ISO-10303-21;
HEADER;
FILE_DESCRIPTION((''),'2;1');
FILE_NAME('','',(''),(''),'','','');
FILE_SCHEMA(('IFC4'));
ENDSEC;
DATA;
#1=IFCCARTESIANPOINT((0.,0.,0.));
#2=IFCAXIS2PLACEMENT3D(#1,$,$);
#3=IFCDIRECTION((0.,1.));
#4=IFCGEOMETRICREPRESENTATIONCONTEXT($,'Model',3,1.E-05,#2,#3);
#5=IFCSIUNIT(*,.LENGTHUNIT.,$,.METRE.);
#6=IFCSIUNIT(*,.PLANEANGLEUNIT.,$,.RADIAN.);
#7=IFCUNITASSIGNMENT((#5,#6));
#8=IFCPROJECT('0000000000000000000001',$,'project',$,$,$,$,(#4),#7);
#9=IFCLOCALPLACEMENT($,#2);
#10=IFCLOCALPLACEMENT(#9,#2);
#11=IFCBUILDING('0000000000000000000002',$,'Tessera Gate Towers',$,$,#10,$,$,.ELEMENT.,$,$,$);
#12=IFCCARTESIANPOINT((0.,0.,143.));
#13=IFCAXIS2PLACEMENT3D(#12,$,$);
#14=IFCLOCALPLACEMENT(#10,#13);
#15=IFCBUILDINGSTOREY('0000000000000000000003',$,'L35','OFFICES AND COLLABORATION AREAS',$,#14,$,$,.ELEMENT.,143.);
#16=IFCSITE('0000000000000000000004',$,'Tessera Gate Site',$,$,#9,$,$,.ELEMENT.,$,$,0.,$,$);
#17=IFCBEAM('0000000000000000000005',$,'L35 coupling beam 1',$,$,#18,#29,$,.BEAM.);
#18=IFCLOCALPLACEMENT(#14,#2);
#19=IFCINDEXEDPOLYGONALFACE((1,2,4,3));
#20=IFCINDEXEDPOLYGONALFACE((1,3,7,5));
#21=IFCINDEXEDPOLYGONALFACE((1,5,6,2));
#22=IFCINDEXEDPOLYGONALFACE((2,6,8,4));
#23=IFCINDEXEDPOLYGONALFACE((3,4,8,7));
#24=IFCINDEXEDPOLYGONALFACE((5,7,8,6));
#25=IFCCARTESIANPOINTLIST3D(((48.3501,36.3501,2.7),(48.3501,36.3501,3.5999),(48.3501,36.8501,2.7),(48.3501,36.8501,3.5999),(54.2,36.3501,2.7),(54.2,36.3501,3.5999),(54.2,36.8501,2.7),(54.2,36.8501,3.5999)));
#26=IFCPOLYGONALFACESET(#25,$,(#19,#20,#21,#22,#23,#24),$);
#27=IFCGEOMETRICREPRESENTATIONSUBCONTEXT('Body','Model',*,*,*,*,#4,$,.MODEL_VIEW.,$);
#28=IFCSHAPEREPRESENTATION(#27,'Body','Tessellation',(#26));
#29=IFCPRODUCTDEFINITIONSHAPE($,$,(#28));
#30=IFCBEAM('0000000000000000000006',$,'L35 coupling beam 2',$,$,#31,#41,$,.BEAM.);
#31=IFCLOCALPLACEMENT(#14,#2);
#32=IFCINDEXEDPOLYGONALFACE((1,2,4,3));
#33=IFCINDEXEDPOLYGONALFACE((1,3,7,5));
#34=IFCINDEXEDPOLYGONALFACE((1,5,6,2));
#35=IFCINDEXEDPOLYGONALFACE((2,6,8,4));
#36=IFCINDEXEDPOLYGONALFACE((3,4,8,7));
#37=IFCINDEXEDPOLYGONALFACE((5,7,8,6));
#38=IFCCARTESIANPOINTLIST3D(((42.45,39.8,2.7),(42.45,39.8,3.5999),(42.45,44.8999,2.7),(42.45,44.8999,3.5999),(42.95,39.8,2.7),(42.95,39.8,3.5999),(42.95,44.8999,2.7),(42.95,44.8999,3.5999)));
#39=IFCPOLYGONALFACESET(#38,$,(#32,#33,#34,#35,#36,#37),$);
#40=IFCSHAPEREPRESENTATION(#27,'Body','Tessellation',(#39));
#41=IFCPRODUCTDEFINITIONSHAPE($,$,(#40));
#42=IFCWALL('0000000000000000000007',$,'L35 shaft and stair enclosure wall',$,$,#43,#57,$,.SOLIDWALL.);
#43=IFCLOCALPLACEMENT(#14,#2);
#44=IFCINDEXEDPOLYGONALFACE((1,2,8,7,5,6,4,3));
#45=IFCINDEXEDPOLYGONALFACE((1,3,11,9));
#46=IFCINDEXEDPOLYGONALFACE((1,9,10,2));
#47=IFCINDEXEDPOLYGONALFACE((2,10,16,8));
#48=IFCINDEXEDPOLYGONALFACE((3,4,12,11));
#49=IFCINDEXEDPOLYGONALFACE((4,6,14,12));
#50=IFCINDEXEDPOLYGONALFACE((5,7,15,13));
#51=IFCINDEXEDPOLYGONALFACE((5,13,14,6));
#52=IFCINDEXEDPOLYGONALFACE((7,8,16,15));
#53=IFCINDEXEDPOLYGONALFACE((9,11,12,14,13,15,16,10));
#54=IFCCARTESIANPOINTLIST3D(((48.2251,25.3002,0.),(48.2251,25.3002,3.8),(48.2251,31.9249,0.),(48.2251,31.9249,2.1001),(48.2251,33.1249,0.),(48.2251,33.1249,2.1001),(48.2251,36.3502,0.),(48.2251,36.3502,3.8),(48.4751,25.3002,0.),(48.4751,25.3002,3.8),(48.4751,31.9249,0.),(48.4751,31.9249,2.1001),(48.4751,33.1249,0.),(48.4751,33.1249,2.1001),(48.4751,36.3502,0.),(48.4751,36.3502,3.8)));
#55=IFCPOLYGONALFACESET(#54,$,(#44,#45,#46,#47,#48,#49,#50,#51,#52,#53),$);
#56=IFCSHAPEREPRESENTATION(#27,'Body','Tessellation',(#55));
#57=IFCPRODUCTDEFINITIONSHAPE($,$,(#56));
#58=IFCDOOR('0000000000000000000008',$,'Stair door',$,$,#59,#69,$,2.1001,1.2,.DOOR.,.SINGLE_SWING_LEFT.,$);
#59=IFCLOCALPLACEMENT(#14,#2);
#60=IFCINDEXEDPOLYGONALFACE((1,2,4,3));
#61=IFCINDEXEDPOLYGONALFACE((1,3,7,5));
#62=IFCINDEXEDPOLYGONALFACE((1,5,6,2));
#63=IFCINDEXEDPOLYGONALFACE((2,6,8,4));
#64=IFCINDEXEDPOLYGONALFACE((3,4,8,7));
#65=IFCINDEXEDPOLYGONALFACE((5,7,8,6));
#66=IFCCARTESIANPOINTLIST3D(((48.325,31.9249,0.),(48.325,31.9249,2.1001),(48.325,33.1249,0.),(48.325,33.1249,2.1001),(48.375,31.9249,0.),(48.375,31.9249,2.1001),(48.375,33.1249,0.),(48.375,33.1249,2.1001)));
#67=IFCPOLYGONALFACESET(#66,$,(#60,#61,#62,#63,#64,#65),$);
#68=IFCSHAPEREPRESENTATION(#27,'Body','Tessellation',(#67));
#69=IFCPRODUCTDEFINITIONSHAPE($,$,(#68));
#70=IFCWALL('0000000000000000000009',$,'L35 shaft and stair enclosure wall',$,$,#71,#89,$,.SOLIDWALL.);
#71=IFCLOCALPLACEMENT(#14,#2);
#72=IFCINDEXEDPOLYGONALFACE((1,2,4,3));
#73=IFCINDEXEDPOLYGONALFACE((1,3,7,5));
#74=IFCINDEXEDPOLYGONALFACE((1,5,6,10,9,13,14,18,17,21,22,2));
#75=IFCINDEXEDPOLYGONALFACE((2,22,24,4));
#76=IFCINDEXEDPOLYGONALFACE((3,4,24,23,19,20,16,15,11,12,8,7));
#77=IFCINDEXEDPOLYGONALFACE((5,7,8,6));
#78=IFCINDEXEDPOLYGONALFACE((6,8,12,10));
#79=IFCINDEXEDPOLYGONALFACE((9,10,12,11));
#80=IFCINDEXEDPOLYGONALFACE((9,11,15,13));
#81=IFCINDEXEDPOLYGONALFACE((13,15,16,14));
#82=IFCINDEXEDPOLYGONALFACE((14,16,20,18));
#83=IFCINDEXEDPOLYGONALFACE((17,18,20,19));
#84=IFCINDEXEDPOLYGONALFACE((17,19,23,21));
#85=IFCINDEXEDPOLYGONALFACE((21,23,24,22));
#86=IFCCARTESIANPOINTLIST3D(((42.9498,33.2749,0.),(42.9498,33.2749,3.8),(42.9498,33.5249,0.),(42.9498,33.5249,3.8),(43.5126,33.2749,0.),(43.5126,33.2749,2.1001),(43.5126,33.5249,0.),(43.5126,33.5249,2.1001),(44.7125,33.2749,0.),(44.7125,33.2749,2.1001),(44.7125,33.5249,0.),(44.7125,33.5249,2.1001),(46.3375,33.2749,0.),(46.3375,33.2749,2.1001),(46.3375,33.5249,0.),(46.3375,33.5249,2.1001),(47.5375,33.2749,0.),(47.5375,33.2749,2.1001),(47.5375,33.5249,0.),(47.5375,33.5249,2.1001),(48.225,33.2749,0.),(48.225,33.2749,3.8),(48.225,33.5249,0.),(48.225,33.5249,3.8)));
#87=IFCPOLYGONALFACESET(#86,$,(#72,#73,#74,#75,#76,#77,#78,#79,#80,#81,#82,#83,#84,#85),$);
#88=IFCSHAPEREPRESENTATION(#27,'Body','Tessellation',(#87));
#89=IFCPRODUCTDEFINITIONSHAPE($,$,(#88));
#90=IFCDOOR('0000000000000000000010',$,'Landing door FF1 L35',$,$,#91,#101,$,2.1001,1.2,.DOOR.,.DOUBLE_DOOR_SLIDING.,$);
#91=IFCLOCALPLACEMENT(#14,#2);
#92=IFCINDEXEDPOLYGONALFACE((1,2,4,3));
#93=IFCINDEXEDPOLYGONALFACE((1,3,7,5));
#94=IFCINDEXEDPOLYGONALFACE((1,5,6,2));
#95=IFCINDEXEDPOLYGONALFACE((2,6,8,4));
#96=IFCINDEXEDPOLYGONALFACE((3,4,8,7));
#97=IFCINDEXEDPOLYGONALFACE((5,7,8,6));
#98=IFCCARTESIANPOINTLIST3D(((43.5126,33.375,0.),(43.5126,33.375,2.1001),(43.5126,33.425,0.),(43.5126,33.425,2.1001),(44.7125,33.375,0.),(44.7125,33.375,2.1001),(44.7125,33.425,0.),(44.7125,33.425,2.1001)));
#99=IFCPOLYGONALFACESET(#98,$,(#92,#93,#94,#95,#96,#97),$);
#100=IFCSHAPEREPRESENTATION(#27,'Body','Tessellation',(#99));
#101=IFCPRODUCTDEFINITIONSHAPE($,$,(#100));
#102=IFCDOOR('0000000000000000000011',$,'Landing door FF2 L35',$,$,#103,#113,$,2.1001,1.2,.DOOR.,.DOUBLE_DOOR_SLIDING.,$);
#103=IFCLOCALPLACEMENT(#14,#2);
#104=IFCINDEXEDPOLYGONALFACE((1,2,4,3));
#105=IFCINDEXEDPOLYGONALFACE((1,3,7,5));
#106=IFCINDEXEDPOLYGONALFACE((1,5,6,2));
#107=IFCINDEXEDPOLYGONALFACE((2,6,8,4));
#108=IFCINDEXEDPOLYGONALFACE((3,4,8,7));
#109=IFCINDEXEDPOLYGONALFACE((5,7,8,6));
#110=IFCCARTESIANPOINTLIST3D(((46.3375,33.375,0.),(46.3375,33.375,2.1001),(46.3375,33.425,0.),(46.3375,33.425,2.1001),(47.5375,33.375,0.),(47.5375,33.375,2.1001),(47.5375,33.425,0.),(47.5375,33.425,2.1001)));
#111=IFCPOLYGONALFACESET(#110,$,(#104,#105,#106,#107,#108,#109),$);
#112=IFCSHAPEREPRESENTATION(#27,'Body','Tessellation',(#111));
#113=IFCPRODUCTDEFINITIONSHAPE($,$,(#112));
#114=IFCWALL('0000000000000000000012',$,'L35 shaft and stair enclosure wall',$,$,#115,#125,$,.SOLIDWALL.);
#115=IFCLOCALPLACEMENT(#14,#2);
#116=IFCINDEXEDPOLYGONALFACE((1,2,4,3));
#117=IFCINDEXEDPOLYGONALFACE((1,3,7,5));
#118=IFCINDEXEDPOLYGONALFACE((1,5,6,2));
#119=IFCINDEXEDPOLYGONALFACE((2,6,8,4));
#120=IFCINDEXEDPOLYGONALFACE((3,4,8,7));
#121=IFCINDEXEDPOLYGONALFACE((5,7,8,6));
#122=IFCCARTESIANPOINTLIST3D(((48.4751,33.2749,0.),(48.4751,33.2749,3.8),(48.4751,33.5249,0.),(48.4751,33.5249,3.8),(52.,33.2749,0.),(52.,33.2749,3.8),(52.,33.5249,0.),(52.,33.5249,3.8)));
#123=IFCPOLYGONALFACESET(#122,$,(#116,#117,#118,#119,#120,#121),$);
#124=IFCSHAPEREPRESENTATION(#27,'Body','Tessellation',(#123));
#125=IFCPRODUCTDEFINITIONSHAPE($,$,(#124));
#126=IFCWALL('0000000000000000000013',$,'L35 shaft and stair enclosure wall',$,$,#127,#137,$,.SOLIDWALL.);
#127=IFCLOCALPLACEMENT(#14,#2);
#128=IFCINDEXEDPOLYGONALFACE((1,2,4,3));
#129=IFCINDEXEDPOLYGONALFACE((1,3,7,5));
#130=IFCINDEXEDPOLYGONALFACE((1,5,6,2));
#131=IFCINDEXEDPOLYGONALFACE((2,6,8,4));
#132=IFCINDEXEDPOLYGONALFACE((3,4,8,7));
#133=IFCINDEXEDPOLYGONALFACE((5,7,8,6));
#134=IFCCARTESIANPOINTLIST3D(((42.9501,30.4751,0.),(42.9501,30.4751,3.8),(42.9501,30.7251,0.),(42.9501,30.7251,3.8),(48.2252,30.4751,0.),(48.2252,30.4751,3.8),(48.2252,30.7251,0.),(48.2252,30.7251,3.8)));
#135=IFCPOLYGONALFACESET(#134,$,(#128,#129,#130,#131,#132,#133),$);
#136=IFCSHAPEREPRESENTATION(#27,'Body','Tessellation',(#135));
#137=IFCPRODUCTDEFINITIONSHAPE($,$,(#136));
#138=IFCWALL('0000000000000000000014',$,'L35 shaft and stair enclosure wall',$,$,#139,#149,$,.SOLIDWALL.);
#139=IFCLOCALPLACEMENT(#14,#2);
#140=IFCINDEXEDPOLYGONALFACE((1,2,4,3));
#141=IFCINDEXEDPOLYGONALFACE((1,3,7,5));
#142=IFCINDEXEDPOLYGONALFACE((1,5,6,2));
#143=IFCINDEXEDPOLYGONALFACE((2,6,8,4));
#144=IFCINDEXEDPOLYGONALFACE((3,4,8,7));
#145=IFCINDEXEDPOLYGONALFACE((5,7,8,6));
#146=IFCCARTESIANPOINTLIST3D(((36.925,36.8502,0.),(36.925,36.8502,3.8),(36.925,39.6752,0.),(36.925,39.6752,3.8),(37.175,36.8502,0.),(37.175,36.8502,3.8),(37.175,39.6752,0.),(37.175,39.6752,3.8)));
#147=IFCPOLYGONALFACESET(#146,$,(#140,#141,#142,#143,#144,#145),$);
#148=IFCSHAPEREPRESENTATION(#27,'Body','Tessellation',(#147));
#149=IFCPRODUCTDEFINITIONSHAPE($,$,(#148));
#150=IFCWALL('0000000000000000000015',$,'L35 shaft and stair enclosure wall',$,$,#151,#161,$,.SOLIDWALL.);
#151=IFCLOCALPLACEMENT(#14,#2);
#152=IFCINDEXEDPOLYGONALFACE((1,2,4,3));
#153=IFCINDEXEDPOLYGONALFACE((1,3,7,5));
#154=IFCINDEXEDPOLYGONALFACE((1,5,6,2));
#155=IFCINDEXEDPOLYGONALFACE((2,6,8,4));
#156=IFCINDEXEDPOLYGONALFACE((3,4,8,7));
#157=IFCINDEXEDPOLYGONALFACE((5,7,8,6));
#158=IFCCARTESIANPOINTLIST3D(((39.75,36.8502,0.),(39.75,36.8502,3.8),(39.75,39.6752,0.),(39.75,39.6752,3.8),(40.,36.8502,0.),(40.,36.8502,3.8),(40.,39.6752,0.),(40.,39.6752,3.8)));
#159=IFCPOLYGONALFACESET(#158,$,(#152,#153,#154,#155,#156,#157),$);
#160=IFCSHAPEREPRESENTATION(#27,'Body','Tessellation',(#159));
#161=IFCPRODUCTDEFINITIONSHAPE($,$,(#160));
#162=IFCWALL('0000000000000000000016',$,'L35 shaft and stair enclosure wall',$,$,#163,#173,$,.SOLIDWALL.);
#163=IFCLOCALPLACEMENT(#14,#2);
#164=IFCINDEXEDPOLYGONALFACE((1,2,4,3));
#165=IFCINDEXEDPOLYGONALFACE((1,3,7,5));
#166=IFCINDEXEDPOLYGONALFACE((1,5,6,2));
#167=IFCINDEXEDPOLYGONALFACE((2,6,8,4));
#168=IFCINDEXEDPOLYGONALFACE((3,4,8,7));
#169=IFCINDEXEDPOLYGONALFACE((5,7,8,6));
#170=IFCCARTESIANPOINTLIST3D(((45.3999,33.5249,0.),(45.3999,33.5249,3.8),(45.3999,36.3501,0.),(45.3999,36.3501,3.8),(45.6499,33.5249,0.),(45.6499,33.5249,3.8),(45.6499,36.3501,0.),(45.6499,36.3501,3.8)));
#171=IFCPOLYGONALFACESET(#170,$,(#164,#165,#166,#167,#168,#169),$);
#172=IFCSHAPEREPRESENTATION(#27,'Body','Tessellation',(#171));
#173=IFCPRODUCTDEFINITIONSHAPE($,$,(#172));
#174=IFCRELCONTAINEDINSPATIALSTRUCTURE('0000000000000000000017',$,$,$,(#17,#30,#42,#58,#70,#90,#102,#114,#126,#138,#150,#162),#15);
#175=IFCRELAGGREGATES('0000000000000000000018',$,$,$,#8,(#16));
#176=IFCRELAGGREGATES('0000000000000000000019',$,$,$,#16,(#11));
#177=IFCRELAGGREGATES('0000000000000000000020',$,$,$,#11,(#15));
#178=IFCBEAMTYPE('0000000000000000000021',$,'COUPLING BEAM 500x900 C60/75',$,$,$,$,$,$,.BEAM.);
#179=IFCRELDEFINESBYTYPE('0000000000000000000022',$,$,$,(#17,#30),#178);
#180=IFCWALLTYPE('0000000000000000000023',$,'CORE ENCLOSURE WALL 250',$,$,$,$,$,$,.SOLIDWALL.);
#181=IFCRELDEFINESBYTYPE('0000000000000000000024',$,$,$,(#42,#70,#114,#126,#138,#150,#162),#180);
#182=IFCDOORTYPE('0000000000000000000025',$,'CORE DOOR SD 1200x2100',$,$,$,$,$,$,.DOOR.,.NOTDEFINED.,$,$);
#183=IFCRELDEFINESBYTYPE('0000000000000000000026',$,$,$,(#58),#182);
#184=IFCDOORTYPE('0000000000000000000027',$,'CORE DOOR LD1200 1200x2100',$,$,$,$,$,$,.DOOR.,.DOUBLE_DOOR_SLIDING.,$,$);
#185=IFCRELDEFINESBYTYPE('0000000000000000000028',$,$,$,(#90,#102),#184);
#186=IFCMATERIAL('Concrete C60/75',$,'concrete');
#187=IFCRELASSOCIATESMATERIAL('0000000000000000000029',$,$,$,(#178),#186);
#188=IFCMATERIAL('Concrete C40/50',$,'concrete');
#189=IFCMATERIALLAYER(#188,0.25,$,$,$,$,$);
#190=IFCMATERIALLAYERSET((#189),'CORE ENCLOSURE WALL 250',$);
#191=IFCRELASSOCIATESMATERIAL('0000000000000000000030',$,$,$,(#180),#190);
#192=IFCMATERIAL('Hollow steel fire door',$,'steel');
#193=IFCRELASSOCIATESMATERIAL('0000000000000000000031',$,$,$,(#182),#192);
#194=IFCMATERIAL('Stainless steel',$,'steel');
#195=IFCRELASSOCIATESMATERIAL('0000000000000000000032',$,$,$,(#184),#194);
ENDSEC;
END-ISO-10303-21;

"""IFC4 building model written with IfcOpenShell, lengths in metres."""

from ifc_helpers import new_model, si_unit, direction, frame, frame_2d, origin, origin_2d, place, context, subcontext, project, spatial, rectangle, extrude, source, transform, mapped, material, layer, layer_set, material_profile, profile_set, type_object, element, fill, save


model = new_model("IFC4")

# Units and contexts
model_context = context("Model", 3, precision=1e-05, world=origin(), true_north=direction((0.0, 1.0)))
body_context = subcontext(model_context, "Body", "Model", "MODEL_VIEW")
ifc_project = project(units=[si_unit("LENGTHUNIT", "METRE"), si_unit("PLANEANGLEUNIT", "RADIAN")], contexts=[model_context])

# Site, building, storey
site_placement = place(None, origin())
site = spatial("IfcSite", under=ifc_project, at=site_placement, Name="Tessera Gate Site", CompositionType="ELEMENT", RefElevation=0.0)
building_placement = place(site_placement, origin())
building = spatial("IfcBuilding", under=site, at=building_placement, Name="Tessera Gate Towers", CompositionType="ELEMENT")
storey_placement = place(building_placement, frame((0.0, 0.0, 143.0)))
storey = spatial("IfcBuildingStorey", under=building, at=storey_placement, Name="L35", Description="OFFICES AND COLLABORATION AREAS", CompositionType="ELEMENT", Elevation=143.0)

# Beams
ifc_material_1 = material(Name="Concrete C60/75", Category="concrete")
ifc_material_profile = material_profile(ifc_material_1, rectangle(XDim=0.5, YDim=0.8999, at=origin_2d()), Name="RC 500x900")
ifc_profile_set = profile_set([ifc_material_profile], Name="Concrete C60/75")
beam_type = type_object("IfcBeamType", Name="COUPLING BEAM 500x900 C60/75", PredefinedType="BEAM", material=ifc_profile_set)
beam_1_placement = place(storey_placement, frame((48.3501, 36.6001, 3.1499), z_axis=(1.0, 0.0, 0.0), x_axis=(0.0, 1.0, 0.0)))
element("IfcBeam", 1, at=beam_1_placement, inside=storey, type_object=beam_type, Name="L35 coupling beam 1", PredefinedType="BEAM", context=body_context, shape_type="SweptSolid", body=[
    extrude(rectangle(XDim=0.5, YDim=0.8999, at=origin_2d()), origin(), (0.0, 0.0, 1.0), 5.8499),
])
beam_2_placement = place(storey_placement, frame((42.7, 39.8, 3.1499), z_axis=(0.0, 1.0, 0.0), x_axis=(-1.0, 0.0, 0.0)))
element("IfcBeam", 2, at=beam_2_placement, inside=storey, type_object=beam_type, Name="L35 coupling beam 2", PredefinedType="BEAM", context=body_context, shape_type="SweptSolid", body=[
    extrude(rectangle(XDim=0.5, YDim=0.8999, at=origin_2d()), origin(), (0.0, 0.0, 1.0), 5.0999),
])

# Wall, opening, door
ifc_material_2 = material(Name="Concrete C40/50", Category="concrete")
ifc_layer_1 = layer(ifc_material_2, 0.25)
ifc_layer_set_1 = layer_set([ifc_layer_1], Name="CORE ENCLOSURE WALL 250")
wall_type_1 = type_object("IfcWallType", Name="CORE ENCLOSURE WALL 250", PredefinedType="SOLIDWALL", material=ifc_layer_set_1)
wall_1_placement = place(storey_placement, frame((48.3501, 36.3501, 0.0), z_axis=(0.0, 0.0, 1.0), x_axis=(0.0, -1.0, 0.0)))
wall_1 = element("IfcWall", 3, at=wall_1_placement, inside=storey, type_object=wall_type_1, Name="L35 shaft and stair enclosure wall", PredefinedType="SOLIDWALL", context=body_context, shape_type="SweptSolid", body=[
    extrude(rectangle(XDim=11.05, YDim=0.25, at=frame_2d((5.5249, 0.0))), origin(), (0.0, 0.0, 1.0), 3.8),
])
shared_shape_1 = source(origin(), body_context, "Body", "SweptSolid", [
    extrude(rectangle(XDim=1.2, YDim=2.1001, at=frame_2d((0.6001, 1.05))), frame((0.0, 0.135, 0.0), z_axis=(0.0, -1.0, 0.0), x_axis=(1.0, 0.0, 0.0)), (0.0, 0.0, 1.0), 0.27),
])
opening_1_placement = place(wall_1_placement, frame((3.2251, 0.0, 0.0)))
opening_1 = element("IfcOpeningElement", 4, at=opening_1_placement, cuts=wall_1, PredefinedType="OPENING", context=body_context, shape_type="MappedRepresentation", body=[
    mapped(shared_shape_1, transform((0.0, 0.0, 0.0), scale=1.0)),
])
ifc_material_3 = material(Name="Hollow steel fire door", Category="steel")
door_type_1 = type_object("IfcDoorType", Name="CORE DOOR SD 1200x2100", OperationType="NOTDEFINED", PredefinedType="DOOR", material=ifc_material_3)
shared_shape_2 = source(origin(), body_context, "Body", "SweptSolid", [
    extrude(rectangle(XDim=1.2, YDim=2.1001, at=frame_2d((0.6001, 1.05))), frame((0.0, 0.0249, 0.0), z_axis=(0.0, -1.0, 0.0), x_axis=(1.0, 0.0, 0.0)), (0.0, 0.0, 1.0), 0.05),
])
door_1_placement = place(opening_1_placement, origin())
door_1 = element("IfcDoor", 5, at=door_1_placement, inside=storey, type_object=door_type_1, Name="Stair door", OperationType="SINGLE_SWING_LEFT", OverallHeight=2.1001, OverallWidth=1.2, PredefinedType="DOOR", context=body_context, shape_type="MappedRepresentation", body=[
    mapped(shared_shape_2, transform((0.0, 0.0, 0.0), scale=1.0)),
])
fill(opening_1, door_1)

# Wall, openings, doors
wall_2_placement = place(storey_placement, frame((48.2251, 33.3999, 0.0), z_axis=(0.0, 0.0, 1.0), x_axis=(-1.0, 0.0, 0.0)))
wall_2 = element("IfcWall", 6, at=wall_2_placement, inside=storey, type_object=wall_type_1, Name="L35 shaft and stair enclosure wall", PredefinedType="SOLIDWALL", context=body_context, shape_type="SweptSolid", body=[
    extrude(rectangle(XDim=5.2751, YDim=0.25, at=frame_2d((2.6377, 0.0))), origin(), (0.0, 0.0, 1.0), 3.8),
])
opening_2_placement = place(wall_2_placement, frame((3.5125, 0.0, 0.0)))
opening_2 = element("IfcOpeningElement", 7, at=opening_2_placement, cuts=wall_2, PredefinedType="OPENING", context=body_context, shape_type="MappedRepresentation", body=[
    mapped(shared_shape_1, transform((0.0, 0.0, 0.0), scale=1.0)),
])
opening_3_placement = place(wall_2_placement, frame((0.6875, 0.0, 0.0)))
opening_3 = element("IfcOpeningElement", 8, at=opening_3_placement, cuts=wall_2, PredefinedType="OPENING", context=body_context, shape_type="MappedRepresentation", body=[
    mapped(shared_shape_1, transform((0.0, 0.0, 0.0), scale=1.0)),
])
ifc_material_4 = material(Name="Stainless steel", Category="steel")
door_type_2 = type_object("IfcDoorType", Name="CORE DOOR LD1200 1200x2100", OperationType="DOUBLE_DOOR_SLIDING", PredefinedType="DOOR", material=ifc_material_4)
door_2_placement = place(opening_2_placement, origin())
door_2 = element("IfcDoor", 9, at=door_2_placement, inside=storey, type_object=door_type_2, Name="Landing door FF1 L35", OperationType="DOUBLE_DOOR_SLIDING", OverallHeight=2.1001, OverallWidth=1.2, PredefinedType="DOOR", context=body_context, shape_type="MappedRepresentation", body=[
    mapped(shared_shape_2, transform((0.0, 0.0, 0.0), scale=1.0)),
])
fill(opening_2, door_2)
door_3_placement = place(opening_3_placement, origin())
door_3 = element("IfcDoor", 10, at=door_3_placement, inside=storey, type_object=door_type_2, Name="Landing door FF2 L35", OperationType="DOUBLE_DOOR_SLIDING", OverallHeight=2.1001, OverallWidth=1.2, PredefinedType="DOOR", context=body_context, shape_type="MappedRepresentation", body=[
    mapped(shared_shape_2, transform((0.0, 0.0, 0.0), scale=1.0)),
])
fill(opening_3, door_3)

# Walls
wall_3_placement = place(storey_placement, frame((48.4751, 33.3999, 0.0), z_axis=(0.0, 0.0, 1.0), x_axis=(1.0, 0.0, 0.0)))
element("IfcWall", 11, at=wall_3_placement, inside=storey, type_object=wall_type_1, Name="L35 shaft and stair enclosure wall", PredefinedType="SOLIDWALL", context=body_context, shape_type="SweptSolid", body=[
    extrude(rectangle(XDim=3.5249, YDim=0.25, at=frame_2d((1.7625, 0.0))), origin(), (0.0, 0.0, 1.0), 3.8),
])
wall_4_placement = place(storey_placement, frame((42.95, 30.6001, 0.0), z_axis=(0.0, 0.0, 1.0), x_axis=(1.0, 0.0, 0.0)))
element("IfcWall", 12, at=wall_4_placement, inside=storey, type_object=wall_type_1, Name="L35 shaft and stair enclosure wall", PredefinedType="SOLIDWALL", context=body_context, shape_type="SweptSolid", body=[
    extrude(rectangle(XDim=5.2751, YDim=0.25, at=frame_2d((2.6377, 0.0))), origin(), (0.0, 0.0, 1.0), 3.8),
])
for number, where, z_axis, x_axis, name in (
    (13, (37.05, 36.8501, 0.0), (0.0, 0.0, 1.0), (0.0, 1.0, 0.0), "L35 shaft and stair enclosure wall"),
    (14, (39.875, 36.8501, 0.0), (0.0, 0.0, 1.0), (0.0, 1.0, 0.0), "L35 shaft and stair enclosure wall"),
):
    element("IfcWall", number, at=place(storey_placement, frame(where, z_axis=z_axis, x_axis=x_axis)), inside=storey, type_object=wall_type_1, Name=name, PredefinedType="SOLIDWALL", context=body_context, shape_type="SweptSolid", body=[
        extrude(rectangle(XDim=2.825, YDim=0.25, at=frame_2d((1.4126, 0.0))), origin(), (0.0, 0.0, 1.0), 3.8),
    ])
wall_5_placement = place(storey_placement, frame((45.5249, 33.5249, 0.0), z_axis=(0.0, 0.0, 1.0), x_axis=(0.0, 1.0, 0.0)))
element("IfcWall", 15, at=wall_5_placement, inside=storey, type_object=wall_type_1, Name="L35 shaft and stair enclosure wall", PredefinedType="SOLIDWALL", context=body_context, shape_type="SweptSolid", body=[
    extrude(rectangle(XDim=2.8252, YDim=0.25, at=frame_2d((1.4126, 0.0))), origin(), (0.0, 0.0, 1.0), 3.8),
])

save(model, "model.ifc")
